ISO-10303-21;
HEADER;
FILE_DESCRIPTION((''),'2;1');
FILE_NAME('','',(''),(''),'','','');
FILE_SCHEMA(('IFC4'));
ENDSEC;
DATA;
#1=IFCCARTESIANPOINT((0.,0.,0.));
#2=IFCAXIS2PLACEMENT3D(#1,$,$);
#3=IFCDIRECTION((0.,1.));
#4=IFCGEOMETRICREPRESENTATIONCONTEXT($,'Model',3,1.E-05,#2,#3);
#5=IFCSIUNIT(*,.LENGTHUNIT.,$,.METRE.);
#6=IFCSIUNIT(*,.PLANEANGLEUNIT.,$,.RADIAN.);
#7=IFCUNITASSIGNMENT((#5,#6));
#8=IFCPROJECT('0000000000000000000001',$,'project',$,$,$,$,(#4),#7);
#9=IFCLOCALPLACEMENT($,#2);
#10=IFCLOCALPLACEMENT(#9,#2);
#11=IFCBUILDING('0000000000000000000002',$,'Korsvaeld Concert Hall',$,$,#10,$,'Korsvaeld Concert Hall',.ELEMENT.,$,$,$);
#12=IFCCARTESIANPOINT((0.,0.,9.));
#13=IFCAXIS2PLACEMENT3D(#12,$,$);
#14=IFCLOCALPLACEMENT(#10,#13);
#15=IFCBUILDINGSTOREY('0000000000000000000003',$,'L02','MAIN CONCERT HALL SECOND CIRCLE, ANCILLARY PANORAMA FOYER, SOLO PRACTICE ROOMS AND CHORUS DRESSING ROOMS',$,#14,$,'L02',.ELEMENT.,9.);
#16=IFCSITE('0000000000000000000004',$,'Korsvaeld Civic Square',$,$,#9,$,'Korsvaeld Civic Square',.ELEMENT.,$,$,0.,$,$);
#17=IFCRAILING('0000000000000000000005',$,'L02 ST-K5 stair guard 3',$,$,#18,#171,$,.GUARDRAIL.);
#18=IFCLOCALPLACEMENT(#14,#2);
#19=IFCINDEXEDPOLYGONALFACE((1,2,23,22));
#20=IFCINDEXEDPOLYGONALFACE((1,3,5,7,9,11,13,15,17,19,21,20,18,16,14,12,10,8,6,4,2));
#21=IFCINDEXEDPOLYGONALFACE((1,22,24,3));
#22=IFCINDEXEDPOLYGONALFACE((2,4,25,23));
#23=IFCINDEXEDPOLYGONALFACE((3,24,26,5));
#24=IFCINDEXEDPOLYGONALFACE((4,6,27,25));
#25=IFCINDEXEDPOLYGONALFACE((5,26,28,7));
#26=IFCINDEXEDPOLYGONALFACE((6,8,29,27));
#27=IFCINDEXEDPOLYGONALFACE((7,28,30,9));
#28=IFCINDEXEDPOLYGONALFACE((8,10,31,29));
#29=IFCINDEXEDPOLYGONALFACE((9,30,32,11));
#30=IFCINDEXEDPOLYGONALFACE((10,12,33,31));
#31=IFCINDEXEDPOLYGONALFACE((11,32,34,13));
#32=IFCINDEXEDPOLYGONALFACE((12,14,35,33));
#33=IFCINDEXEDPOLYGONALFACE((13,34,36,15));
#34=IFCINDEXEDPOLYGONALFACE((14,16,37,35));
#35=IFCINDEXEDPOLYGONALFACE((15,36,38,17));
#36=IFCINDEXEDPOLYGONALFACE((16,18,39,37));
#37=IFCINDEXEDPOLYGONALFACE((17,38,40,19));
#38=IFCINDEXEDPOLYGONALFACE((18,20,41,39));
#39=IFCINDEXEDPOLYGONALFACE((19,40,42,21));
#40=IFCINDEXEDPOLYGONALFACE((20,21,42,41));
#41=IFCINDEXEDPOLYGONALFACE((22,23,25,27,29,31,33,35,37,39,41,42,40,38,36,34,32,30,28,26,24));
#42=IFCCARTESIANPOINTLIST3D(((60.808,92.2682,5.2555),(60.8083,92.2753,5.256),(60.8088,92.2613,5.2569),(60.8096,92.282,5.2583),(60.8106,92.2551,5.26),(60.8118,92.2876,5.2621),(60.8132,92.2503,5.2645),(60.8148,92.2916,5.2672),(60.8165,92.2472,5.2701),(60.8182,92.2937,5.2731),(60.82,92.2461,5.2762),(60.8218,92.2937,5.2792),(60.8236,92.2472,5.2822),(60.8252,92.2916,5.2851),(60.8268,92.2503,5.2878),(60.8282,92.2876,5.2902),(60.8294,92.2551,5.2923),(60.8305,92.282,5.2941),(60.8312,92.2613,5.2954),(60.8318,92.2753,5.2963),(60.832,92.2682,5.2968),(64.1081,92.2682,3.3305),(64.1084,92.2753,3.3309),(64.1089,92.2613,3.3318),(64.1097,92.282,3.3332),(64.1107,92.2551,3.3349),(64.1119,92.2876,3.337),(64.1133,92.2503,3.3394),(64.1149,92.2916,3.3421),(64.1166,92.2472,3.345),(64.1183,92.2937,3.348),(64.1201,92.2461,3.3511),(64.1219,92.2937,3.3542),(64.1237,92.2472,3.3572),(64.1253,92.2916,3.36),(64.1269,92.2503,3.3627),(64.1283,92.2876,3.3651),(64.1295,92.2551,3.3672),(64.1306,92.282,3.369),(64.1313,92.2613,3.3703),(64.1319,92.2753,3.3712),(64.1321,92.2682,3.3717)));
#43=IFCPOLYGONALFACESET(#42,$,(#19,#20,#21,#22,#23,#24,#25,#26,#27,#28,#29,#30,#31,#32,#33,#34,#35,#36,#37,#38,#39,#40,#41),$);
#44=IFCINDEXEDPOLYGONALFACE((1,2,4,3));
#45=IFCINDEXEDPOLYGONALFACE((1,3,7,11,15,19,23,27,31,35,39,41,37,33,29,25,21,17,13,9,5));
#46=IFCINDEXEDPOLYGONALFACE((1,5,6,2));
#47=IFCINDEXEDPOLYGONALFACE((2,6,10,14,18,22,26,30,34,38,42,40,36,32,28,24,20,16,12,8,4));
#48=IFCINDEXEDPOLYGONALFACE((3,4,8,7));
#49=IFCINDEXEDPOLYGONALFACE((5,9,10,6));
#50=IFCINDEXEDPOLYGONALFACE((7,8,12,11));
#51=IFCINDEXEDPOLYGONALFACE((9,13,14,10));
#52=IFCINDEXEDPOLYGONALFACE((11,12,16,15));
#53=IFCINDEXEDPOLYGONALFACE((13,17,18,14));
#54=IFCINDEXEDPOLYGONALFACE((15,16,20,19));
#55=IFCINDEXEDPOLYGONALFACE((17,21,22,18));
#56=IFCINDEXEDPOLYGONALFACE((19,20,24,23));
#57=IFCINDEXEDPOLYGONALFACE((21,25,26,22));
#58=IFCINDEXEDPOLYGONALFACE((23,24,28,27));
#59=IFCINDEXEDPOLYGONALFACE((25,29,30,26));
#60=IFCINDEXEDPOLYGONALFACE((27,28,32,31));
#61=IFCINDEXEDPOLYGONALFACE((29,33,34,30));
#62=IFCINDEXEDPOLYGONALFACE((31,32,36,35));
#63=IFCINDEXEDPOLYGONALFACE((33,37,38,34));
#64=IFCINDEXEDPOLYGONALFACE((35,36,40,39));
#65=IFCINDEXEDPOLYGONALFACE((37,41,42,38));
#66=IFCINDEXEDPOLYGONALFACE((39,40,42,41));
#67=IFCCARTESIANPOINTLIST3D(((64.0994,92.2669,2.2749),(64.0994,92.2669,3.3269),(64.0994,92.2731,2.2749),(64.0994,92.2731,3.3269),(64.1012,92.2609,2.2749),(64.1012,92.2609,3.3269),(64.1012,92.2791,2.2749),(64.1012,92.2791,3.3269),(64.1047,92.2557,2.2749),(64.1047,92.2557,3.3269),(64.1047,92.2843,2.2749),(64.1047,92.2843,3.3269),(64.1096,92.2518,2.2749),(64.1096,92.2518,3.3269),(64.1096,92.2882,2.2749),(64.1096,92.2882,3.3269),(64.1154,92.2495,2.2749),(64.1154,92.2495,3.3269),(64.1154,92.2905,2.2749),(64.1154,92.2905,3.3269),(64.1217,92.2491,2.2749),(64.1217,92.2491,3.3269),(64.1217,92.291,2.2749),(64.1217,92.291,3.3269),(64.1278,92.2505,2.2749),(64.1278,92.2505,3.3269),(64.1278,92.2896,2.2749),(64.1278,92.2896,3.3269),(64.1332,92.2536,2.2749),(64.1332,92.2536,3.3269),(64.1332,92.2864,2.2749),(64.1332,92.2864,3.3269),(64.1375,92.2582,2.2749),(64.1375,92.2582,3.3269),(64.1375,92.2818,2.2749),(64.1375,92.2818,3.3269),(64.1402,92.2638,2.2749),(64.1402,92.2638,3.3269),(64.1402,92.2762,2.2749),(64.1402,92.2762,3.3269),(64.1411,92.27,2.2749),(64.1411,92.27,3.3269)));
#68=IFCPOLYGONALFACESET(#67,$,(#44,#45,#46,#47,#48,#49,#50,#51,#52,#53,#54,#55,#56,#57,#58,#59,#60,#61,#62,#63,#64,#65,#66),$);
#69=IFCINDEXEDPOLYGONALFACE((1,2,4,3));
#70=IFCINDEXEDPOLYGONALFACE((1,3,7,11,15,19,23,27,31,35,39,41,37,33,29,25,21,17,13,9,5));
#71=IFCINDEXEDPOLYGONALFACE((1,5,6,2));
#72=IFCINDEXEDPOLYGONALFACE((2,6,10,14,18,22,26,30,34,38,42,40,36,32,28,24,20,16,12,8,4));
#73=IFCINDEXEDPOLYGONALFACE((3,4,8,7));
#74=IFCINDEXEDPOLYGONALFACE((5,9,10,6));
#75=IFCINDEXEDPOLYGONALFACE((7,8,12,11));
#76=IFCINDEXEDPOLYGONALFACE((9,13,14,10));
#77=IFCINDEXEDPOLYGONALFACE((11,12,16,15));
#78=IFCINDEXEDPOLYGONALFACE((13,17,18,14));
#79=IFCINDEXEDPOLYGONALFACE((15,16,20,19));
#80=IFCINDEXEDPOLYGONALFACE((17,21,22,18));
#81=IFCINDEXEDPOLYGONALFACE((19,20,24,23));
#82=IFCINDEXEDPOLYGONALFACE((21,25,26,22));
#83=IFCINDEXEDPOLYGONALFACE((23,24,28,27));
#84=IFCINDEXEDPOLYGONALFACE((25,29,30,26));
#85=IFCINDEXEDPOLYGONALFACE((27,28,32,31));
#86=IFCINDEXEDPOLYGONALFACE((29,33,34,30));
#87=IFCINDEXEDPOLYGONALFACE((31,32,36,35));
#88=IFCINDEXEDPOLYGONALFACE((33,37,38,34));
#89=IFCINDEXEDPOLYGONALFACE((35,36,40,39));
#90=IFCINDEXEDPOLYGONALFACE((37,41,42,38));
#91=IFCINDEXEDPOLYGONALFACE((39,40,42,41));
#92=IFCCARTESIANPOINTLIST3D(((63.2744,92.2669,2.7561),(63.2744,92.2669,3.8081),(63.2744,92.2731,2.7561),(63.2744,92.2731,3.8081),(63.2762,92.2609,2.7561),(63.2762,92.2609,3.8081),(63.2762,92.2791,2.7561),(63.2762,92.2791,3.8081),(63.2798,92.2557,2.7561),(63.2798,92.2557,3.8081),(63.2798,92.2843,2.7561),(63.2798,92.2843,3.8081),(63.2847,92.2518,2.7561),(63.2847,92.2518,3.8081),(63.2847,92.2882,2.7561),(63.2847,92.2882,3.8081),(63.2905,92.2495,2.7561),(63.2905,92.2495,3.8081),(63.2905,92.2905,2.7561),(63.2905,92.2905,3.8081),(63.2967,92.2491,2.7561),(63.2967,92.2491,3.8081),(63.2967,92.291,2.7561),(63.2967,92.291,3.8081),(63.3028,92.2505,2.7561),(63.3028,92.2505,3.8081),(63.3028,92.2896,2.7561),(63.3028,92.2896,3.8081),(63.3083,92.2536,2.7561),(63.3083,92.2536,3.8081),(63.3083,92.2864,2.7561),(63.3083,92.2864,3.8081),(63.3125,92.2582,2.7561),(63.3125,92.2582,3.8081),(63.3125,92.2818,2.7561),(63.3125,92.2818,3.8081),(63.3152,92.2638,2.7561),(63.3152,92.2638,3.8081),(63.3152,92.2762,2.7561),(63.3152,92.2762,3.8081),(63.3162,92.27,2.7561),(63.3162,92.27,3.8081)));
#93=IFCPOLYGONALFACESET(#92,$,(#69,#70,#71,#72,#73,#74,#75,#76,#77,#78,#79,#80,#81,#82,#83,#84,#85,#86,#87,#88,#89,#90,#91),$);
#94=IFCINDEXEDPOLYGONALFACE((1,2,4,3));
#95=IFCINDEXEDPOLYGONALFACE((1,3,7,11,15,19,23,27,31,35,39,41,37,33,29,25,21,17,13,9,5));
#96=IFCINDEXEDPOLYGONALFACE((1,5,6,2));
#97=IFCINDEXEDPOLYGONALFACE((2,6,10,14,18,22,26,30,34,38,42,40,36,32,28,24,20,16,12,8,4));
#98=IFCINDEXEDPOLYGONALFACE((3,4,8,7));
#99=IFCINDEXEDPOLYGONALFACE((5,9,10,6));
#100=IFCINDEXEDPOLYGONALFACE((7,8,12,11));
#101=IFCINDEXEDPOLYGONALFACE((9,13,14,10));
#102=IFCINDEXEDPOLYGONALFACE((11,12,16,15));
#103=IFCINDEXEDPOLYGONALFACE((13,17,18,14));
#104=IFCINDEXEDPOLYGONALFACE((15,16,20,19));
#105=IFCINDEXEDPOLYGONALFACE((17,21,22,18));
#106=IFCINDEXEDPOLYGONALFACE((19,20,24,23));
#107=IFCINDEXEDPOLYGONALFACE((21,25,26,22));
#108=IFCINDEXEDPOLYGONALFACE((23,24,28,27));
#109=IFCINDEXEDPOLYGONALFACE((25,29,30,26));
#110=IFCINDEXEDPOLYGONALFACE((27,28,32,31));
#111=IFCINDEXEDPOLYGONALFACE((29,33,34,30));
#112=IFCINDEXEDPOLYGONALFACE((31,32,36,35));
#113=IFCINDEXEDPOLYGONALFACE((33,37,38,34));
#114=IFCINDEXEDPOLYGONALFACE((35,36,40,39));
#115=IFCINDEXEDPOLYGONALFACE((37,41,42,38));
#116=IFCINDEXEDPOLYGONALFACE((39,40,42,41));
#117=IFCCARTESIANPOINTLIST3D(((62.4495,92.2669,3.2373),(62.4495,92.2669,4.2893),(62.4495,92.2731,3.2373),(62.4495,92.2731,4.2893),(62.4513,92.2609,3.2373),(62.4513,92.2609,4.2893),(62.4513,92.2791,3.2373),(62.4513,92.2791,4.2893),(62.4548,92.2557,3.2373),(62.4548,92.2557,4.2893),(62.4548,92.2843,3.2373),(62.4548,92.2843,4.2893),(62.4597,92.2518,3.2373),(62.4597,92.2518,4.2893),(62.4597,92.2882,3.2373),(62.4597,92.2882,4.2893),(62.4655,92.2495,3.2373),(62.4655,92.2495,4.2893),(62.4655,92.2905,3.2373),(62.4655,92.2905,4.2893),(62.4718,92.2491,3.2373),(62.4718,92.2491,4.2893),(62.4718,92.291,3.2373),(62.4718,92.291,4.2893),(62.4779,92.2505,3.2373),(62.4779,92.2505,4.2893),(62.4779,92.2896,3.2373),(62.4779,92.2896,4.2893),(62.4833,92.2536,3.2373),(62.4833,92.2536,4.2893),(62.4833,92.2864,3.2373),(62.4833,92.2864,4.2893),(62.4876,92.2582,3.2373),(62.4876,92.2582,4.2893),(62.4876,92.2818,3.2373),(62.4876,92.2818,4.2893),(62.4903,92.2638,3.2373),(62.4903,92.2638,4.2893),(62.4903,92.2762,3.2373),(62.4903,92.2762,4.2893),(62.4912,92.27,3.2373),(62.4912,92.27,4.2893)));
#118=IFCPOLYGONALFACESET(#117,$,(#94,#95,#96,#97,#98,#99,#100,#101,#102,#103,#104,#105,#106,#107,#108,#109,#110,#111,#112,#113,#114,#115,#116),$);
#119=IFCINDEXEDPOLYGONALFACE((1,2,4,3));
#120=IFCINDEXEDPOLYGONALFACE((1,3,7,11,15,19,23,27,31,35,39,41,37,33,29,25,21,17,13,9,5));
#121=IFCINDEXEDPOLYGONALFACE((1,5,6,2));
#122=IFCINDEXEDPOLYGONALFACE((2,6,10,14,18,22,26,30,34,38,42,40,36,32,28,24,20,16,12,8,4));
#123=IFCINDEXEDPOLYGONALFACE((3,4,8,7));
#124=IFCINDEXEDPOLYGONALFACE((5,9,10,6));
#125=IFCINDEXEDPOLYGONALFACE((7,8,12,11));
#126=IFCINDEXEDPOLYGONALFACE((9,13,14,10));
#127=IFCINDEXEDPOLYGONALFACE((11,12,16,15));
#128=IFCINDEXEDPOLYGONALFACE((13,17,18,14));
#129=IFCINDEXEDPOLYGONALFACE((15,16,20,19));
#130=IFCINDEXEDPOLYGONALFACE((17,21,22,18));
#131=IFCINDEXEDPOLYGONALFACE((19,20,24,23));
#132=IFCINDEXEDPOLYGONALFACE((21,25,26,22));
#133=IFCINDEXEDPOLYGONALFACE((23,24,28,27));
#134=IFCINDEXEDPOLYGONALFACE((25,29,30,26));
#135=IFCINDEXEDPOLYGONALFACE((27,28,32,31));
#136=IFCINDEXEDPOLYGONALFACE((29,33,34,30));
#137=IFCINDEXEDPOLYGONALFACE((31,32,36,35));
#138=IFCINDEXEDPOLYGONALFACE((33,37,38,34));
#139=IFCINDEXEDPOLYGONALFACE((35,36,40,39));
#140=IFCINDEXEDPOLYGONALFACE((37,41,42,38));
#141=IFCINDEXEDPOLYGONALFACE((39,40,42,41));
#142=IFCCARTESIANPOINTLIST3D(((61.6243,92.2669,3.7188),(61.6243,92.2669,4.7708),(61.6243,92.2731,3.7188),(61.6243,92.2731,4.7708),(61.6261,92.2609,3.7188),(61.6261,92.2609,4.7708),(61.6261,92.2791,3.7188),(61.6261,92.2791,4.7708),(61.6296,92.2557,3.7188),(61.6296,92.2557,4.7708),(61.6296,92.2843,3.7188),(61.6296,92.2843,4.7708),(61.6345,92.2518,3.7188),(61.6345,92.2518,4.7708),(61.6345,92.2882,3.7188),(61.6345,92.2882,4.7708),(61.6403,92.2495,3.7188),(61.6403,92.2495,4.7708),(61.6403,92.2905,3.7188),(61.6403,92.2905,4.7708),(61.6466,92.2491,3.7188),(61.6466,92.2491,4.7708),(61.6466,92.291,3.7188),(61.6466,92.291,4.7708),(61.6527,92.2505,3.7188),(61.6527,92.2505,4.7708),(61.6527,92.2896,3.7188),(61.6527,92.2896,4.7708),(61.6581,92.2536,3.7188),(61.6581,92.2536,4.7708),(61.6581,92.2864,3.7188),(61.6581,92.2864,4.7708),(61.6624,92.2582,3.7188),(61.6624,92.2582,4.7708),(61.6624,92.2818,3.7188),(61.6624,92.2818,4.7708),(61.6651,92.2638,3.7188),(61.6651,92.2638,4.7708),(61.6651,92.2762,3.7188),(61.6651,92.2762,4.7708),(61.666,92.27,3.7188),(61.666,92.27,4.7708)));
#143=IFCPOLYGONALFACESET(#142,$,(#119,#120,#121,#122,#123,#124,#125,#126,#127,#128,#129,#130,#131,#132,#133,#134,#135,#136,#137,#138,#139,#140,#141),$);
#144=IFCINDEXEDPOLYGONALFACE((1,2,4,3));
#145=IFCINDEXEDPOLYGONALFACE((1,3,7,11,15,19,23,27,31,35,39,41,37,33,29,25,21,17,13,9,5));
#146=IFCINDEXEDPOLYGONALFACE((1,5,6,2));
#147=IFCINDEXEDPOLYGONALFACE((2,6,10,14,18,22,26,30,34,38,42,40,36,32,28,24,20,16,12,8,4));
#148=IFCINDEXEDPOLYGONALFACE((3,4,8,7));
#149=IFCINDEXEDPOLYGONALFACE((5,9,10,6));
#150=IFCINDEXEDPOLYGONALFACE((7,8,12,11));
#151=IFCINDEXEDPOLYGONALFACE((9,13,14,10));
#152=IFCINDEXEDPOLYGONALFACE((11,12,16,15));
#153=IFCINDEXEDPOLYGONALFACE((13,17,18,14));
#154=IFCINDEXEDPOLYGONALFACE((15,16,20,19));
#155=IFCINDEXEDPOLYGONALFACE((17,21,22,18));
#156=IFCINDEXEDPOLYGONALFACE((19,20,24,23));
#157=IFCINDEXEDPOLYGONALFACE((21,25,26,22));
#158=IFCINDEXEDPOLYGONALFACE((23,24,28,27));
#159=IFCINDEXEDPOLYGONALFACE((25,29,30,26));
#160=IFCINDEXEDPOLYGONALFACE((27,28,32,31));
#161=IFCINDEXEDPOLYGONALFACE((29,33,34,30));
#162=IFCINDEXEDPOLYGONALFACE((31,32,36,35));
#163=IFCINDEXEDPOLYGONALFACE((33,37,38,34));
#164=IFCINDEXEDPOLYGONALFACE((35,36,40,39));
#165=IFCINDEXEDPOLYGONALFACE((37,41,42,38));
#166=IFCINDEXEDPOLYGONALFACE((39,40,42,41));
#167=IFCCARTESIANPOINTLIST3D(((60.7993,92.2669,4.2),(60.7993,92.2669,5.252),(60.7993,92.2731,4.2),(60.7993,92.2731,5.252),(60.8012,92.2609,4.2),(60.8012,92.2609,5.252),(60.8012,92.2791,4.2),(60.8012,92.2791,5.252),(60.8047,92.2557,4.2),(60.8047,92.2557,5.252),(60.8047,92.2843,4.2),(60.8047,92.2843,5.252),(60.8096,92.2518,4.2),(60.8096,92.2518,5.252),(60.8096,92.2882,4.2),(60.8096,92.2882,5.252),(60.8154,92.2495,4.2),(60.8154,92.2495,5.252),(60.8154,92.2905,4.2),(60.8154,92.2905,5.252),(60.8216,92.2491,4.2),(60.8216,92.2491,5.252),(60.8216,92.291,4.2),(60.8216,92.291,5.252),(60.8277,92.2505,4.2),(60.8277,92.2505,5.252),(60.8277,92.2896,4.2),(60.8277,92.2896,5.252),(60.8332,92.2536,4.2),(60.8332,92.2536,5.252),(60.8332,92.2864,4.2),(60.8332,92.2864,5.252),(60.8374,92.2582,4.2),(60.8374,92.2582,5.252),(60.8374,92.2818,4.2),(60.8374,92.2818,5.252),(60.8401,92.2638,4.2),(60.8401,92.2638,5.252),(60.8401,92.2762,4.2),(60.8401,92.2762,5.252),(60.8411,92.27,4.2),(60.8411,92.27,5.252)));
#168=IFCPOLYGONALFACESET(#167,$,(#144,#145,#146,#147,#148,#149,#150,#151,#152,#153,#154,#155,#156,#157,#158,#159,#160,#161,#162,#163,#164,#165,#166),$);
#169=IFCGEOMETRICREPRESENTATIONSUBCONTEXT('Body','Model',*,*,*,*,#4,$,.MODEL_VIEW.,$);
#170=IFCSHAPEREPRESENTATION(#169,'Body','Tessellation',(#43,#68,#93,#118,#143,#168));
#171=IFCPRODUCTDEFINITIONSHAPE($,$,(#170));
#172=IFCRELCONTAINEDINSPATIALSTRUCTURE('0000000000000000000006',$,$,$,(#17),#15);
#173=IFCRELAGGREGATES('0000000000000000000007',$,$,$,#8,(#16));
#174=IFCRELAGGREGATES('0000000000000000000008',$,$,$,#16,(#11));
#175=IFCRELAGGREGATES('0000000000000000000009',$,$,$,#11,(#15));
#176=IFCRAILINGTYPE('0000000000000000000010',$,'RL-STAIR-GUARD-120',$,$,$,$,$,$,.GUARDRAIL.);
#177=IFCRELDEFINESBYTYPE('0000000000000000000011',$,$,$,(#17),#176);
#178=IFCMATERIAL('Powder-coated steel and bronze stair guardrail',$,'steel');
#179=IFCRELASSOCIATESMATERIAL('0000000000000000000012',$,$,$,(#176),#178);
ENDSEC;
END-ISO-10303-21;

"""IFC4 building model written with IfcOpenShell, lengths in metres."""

from ifc_helpers import new_model, si_unit, direction, frame, origin, origin_2d, place, context, subcontext, project, spatial, circle, extrude, material, type_object, element, save


model = new_model("IFC4")

# Units and contexts
model_context = context("Model", 3, precision=1e-05, world=origin(), true_north=direction((0.0, 1.0)))
body_context = subcontext(model_context, "Body", "Model", "MODEL_VIEW")
ifc_project = project(units=[si_unit("LENGTHUNIT", "METRE"), si_unit("PLANEANGLEUNIT", "RADIAN")], contexts=[model_context])

# Site, building, storey
site_placement = place(None, origin())
site = spatial("IfcSite", under=ifc_project, at=site_placement, Name="Korsvaeld Civic Square", LongName="Korsvaeld Civic Square", CompositionType="ELEMENT", RefElevation=0.0)
building_placement = place(site_placement, origin())
building = spatial("IfcBuilding", under=site, at=building_placement, Name="Korsvaeld Concert Hall", LongName="Korsvaeld Concert Hall", CompositionType="ELEMENT")
storey_placement = place(building_placement, frame((0.0, 0.0, 9.0)))
storey = spatial("IfcBuildingStorey", under=building, at=storey_placement, Name="L02", Description="MAIN CONCERT HALL SECOND CIRCLE, ANCILLARY PANORAMA FOYER, SOLO PRACTICE ROOMS AND CHORUS DRESSING ROOMS", LongName="L02", CompositionType="ELEMENT", Elevation=9.0)

# Railing
ifc_material_1 = material(Name="Powder-coated steel and bronze stair guardrail", Category="steel")
railing_type_1 = type_object("IfcRailingType", Name="RL-STAIR-GUARD-120", PredefinedType="GUARDRAIL", material=ifc_material_1)
railing_1_placement = place(storey_placement, frame((64.1201, 92.27, 2.2749)))
element("IfcRailing", 1, at=railing_1_placement, inside=storey, type_object=railing_type_1, Name="L02 ST-K5 stair guard 3", PredefinedType="GUARDRAIL", context=body_context, shape_type="SweptSolid", body=[
    extrude(circle(Radius=0.0239, at=origin_2d()), frame((0.0, 0.0, 1.0762), z_axis=(-0.863777, 0.0, 0.503875), x_axis=(0.0, -1.0, 0.0)), (0.0, 0.0, 1.0), 3.8206),
    extrude(circle(Radius=0.021, at=origin_2d()), origin(), (0.0, 0.0, 1.0), 1.052),
    extrude(circle(Radius=0.021, at=origin_2d()), frame((-0.825, 0.0, 0.4812)), (0.0, 0.0, 1.0), 1.052),
    extrude(circle(Radius=0.021, at=origin_2d()), frame((-1.6499, 0.0, 0.9624)), (0.0, 0.0, 1.0), 1.052),
    extrude(circle(Radius=0.021, at=origin_2d()), frame((-2.4751, 0.0, 1.4438)), (0.0, 0.0, 1.0), 1.052),
    extrude(circle(Radius=0.021, at=origin_2d()), frame((-3.3, 0.0, 1.925)), (0.0, 0.0, 1.0), 1.052),
])

save(model, "model.ifc")
